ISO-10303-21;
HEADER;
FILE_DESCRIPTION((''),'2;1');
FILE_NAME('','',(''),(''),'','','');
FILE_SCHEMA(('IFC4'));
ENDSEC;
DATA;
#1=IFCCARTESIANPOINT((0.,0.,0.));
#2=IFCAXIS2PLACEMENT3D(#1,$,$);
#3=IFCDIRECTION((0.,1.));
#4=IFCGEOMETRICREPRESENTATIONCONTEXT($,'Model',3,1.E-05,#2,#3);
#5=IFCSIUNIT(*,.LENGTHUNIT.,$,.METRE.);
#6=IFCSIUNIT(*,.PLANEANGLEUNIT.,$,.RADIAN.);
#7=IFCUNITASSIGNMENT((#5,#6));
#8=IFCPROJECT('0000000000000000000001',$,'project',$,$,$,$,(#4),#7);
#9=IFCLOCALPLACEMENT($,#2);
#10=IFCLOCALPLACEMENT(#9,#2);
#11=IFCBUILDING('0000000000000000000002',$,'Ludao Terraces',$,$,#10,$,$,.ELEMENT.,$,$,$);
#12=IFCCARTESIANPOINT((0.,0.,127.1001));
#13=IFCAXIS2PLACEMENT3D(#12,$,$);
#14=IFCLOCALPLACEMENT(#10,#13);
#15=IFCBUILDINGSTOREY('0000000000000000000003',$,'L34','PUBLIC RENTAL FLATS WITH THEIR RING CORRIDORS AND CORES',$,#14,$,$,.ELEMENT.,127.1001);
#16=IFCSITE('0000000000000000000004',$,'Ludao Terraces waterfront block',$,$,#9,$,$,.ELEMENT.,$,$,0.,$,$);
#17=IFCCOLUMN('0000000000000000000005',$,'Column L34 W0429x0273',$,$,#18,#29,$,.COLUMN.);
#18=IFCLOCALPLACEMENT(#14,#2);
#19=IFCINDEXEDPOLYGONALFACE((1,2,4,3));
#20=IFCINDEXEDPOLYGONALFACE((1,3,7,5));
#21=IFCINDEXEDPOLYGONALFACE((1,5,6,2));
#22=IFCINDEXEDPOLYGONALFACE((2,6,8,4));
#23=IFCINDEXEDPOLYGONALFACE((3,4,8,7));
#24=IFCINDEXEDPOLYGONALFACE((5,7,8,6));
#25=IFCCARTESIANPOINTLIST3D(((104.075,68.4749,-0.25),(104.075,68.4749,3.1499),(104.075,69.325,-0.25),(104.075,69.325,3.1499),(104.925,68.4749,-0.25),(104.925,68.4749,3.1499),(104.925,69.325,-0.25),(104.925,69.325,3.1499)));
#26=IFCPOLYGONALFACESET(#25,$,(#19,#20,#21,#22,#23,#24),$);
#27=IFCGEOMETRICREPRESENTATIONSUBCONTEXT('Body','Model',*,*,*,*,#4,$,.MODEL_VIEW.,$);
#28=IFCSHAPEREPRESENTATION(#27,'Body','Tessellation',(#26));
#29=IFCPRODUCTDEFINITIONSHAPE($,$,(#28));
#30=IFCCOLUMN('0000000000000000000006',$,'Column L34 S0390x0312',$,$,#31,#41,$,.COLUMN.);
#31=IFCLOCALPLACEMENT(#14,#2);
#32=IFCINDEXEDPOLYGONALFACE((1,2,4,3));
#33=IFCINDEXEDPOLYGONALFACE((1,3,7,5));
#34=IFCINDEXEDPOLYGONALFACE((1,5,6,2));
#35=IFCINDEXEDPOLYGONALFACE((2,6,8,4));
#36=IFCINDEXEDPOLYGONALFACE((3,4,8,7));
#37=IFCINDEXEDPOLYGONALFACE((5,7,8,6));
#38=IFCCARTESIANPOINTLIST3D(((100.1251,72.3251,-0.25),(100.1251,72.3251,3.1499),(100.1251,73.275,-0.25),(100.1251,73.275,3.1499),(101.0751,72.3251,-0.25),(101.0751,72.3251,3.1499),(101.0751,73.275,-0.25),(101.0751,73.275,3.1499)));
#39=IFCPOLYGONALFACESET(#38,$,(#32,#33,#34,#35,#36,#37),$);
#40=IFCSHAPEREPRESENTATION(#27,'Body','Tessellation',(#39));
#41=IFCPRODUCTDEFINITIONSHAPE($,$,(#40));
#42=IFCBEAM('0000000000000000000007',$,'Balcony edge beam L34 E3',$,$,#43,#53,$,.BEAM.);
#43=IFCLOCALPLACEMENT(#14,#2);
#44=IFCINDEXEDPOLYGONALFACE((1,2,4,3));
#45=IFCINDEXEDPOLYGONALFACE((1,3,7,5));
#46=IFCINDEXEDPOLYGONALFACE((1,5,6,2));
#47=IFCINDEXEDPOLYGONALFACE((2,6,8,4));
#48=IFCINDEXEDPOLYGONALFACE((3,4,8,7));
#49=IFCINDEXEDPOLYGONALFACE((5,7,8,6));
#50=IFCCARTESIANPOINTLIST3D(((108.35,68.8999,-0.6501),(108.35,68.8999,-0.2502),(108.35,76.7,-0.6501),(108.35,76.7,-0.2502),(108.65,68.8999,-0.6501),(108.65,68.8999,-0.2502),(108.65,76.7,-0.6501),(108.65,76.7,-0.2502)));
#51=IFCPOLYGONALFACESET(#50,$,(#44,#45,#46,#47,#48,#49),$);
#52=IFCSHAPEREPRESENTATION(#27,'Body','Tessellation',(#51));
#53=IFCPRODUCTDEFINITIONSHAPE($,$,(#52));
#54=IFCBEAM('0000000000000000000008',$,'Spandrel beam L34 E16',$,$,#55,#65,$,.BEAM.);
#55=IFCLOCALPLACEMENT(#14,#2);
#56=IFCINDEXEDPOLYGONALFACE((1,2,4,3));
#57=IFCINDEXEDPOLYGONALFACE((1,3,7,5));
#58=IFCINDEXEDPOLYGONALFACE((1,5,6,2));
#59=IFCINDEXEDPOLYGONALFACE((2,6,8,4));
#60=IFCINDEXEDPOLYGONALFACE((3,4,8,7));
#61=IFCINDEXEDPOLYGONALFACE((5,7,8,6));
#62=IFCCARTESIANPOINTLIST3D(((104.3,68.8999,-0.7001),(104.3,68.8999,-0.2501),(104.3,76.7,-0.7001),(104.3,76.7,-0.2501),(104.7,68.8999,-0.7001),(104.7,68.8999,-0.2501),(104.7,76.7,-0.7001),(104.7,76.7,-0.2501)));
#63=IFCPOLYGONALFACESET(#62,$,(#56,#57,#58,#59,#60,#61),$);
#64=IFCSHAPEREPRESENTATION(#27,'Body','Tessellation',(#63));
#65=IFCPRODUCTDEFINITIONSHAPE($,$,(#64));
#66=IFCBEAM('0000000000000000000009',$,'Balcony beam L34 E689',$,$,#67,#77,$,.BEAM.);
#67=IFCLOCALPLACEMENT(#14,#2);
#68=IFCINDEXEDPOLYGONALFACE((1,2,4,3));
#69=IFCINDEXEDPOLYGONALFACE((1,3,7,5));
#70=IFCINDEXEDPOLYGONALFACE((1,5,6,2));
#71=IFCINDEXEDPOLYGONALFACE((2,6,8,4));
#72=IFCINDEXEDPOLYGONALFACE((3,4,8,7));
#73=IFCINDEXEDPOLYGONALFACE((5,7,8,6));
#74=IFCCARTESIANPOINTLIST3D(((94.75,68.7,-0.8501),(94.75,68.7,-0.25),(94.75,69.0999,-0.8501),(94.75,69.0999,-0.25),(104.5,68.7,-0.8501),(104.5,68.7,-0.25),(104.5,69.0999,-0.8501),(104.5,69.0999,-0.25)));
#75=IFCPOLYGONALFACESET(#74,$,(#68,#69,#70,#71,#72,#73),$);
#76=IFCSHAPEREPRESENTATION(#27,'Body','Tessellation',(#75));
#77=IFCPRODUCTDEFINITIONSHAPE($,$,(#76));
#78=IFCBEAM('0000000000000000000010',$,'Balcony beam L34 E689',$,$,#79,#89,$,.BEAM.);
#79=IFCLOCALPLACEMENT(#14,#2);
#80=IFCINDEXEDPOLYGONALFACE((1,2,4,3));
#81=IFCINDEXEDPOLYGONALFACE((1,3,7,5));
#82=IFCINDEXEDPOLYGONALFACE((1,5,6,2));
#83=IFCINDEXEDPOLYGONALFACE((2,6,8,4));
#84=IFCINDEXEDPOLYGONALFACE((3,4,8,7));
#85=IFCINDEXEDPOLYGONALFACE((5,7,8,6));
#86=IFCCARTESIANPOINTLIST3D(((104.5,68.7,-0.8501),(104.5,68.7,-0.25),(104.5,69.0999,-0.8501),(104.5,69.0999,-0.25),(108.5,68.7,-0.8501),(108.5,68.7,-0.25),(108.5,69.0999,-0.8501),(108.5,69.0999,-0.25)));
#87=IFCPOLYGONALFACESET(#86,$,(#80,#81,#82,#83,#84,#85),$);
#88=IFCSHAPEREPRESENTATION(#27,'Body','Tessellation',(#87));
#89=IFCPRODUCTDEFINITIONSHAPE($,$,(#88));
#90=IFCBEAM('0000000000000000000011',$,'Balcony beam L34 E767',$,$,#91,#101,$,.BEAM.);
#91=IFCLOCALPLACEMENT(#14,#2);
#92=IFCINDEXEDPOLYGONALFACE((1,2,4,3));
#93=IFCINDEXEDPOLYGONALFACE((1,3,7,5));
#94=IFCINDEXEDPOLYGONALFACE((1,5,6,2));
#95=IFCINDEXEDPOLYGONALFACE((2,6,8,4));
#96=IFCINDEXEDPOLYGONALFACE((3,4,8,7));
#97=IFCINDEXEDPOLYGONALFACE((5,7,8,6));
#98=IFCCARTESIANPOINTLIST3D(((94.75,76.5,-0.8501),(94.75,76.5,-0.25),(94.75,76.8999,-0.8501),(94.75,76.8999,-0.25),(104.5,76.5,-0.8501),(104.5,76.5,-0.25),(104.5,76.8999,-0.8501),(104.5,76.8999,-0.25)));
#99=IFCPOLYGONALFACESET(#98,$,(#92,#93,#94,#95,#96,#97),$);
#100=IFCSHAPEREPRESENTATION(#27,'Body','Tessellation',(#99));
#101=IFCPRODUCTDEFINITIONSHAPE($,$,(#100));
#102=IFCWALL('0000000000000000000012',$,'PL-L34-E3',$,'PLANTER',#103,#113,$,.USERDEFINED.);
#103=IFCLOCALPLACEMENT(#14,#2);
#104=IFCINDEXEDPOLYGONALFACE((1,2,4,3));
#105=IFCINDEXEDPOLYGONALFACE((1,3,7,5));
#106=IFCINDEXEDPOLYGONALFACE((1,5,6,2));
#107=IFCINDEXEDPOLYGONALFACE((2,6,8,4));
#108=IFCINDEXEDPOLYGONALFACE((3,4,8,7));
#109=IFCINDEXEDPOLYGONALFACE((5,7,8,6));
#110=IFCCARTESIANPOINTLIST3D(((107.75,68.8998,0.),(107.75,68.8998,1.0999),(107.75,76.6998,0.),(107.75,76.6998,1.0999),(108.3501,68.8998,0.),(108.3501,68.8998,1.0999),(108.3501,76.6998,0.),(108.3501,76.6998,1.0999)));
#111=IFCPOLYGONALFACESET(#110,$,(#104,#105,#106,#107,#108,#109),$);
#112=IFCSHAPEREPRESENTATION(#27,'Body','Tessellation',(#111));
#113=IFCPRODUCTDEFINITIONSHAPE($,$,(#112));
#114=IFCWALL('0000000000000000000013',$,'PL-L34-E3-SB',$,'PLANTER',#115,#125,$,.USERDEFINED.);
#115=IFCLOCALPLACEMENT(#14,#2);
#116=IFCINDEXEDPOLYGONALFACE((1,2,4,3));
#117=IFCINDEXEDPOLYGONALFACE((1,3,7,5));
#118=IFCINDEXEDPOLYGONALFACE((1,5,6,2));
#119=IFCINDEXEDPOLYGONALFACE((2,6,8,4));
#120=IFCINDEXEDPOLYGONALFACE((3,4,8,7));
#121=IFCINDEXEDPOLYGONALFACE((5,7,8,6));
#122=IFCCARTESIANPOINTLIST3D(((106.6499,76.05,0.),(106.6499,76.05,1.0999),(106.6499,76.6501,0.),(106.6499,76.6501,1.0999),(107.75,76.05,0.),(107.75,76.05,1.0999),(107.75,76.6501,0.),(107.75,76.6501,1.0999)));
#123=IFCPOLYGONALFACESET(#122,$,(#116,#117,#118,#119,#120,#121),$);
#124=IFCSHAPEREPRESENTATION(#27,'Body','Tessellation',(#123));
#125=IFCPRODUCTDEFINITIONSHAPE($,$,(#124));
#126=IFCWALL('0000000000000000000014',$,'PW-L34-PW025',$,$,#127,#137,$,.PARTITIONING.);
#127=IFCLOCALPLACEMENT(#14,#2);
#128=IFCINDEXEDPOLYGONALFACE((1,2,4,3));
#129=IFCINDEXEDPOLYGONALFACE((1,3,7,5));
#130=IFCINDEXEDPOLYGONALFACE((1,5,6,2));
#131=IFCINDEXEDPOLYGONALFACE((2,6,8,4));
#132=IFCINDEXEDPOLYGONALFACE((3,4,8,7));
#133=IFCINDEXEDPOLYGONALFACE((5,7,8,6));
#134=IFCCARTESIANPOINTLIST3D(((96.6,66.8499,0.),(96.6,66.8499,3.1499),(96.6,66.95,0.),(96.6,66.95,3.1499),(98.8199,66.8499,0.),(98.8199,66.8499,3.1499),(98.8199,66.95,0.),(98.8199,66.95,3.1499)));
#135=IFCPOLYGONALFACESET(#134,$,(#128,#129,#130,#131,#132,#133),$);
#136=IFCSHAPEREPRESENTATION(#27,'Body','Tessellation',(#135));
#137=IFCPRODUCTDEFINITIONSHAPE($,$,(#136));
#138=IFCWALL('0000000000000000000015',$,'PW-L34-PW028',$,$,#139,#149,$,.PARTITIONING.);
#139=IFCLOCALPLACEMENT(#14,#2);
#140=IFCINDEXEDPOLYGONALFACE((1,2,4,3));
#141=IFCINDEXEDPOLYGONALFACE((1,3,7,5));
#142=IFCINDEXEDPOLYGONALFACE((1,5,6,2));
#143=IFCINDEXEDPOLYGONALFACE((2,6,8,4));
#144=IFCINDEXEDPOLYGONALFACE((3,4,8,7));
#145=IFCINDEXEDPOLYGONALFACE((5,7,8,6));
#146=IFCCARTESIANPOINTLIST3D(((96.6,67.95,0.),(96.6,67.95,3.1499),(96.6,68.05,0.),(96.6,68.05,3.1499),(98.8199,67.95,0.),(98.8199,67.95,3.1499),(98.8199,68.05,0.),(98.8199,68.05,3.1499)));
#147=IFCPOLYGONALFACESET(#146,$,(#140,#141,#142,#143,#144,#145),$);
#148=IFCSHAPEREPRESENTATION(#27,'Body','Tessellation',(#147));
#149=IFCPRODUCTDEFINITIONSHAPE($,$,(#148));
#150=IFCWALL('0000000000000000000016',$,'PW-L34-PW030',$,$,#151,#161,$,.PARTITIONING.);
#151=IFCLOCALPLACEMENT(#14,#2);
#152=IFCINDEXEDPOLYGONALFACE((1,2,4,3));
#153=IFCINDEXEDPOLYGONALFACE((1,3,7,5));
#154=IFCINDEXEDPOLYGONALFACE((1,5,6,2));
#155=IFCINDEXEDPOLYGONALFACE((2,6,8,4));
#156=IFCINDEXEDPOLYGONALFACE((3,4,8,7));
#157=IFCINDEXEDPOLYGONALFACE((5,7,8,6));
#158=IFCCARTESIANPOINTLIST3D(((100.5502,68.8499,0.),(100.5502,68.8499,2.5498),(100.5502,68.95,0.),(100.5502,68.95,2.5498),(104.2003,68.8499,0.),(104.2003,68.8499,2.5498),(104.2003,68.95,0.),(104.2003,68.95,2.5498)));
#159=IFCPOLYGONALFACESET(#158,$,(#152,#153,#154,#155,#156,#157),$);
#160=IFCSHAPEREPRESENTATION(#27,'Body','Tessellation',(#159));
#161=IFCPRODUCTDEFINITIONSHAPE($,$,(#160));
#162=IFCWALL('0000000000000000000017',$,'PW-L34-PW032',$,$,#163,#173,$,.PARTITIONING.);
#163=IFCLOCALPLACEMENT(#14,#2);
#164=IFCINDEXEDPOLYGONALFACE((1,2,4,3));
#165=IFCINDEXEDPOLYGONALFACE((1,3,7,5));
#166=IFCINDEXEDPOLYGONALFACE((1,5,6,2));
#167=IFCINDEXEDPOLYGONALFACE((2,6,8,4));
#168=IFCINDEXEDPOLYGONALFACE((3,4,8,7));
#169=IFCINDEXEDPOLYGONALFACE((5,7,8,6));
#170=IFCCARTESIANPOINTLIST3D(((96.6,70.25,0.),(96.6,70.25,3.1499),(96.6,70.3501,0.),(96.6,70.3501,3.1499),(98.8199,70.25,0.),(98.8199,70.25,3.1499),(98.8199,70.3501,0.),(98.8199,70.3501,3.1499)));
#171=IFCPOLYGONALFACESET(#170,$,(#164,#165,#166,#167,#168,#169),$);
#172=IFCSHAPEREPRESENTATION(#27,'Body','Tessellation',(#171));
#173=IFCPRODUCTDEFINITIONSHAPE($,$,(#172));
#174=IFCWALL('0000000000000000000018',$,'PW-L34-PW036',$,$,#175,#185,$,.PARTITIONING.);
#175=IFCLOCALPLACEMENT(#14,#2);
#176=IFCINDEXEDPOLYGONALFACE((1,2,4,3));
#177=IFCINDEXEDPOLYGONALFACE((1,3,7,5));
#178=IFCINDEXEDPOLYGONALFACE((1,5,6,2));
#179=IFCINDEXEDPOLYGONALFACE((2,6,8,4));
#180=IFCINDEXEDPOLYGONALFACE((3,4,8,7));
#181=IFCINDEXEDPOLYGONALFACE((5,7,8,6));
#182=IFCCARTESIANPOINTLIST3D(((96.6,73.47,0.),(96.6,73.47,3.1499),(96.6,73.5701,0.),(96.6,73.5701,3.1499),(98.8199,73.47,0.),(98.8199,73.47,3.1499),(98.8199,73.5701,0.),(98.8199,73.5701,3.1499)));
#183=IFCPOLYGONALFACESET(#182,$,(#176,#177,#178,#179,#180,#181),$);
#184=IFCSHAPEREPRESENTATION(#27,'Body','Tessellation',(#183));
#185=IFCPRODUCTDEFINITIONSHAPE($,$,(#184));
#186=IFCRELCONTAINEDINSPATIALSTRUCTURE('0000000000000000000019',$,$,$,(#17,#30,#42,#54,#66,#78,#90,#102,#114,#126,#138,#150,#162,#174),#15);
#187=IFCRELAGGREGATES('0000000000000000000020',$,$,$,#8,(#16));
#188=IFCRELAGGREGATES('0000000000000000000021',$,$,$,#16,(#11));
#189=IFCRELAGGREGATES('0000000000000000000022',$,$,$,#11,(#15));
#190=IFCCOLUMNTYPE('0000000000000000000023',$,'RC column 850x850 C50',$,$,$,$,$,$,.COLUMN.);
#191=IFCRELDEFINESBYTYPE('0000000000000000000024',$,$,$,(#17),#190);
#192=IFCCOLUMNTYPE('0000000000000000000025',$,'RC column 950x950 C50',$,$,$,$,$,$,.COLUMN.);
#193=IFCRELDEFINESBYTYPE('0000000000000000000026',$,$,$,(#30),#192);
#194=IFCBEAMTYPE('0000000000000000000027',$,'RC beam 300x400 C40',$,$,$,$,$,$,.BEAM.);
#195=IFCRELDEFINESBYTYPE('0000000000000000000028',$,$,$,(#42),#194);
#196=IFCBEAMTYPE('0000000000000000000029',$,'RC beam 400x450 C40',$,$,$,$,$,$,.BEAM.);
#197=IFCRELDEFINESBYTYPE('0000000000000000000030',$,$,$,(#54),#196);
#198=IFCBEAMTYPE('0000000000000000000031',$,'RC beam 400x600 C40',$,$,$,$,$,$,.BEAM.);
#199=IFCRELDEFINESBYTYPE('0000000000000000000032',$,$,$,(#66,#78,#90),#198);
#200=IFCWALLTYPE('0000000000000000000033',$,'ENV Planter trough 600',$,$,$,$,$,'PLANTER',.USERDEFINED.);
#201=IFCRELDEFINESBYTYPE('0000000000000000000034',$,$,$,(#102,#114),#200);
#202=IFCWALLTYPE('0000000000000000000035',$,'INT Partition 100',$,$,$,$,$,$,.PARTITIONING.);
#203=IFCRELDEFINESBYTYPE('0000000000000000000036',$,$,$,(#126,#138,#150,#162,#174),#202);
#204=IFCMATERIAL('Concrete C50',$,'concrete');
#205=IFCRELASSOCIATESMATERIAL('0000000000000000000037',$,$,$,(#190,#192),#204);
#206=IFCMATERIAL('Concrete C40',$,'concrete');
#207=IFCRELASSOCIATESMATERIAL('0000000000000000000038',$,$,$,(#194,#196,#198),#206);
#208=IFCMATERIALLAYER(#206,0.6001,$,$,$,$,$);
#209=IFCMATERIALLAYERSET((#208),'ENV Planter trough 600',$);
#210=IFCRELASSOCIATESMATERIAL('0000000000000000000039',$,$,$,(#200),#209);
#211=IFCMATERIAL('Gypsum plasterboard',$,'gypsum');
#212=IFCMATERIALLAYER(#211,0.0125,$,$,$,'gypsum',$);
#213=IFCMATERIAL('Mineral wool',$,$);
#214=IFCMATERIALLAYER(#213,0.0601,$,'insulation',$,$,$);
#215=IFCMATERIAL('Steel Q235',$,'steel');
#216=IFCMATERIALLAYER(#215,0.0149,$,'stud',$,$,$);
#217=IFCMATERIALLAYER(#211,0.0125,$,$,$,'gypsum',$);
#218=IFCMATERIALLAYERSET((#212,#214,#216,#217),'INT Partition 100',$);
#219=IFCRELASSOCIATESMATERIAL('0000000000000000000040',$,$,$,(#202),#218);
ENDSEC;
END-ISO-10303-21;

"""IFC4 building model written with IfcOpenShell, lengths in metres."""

from ifc_helpers import new_model, si_unit, direction, frame, frame_2d, origin, origin_2d, place, context, subcontext, project, spatial, rectangle, extrude, material, layer, layer_set, material_profile, profile_set, type_object, element, save


model = new_model("IFC4")

# Units and contexts
model_context = context("Model", 3, precision=1e-05, world=origin(), true_north=direction((0.0, 1.0)))
body_context = subcontext(model_context, "Body", "Model", "MODEL_VIEW")
ifc_project = project(units=[si_unit("LENGTHUNIT", "METRE"), si_unit("PLANEANGLEUNIT", "RADIAN")], contexts=[model_context])

# Site, building, storey
site_placement = place(None, origin())
site = spatial("IfcSite", under=ifc_project, at=site_placement, Name="Ludao Terraces waterfront block", CompositionType="ELEMENT", RefElevation=0.0)
building_placement = place(site_placement, origin())
building = spatial("IfcBuilding", under=site, at=building_placement, Name="Ludao Terraces", CompositionType="ELEMENT")
storey_placement = place(building_placement, frame((0.0, 0.0, 127.1001)))
storey = spatial("IfcBuildingStorey", under=building, at=storey_placement, Name="L34", Description="PUBLIC RENTAL FLATS WITH THEIR RING CORRIDORS AND CORES", CompositionType="ELEMENT", Elevation=127.1001)

# Columns
ifc_material_1 = material(Name="Concrete C50", Category="concrete")
ifc_material_profile_1 = material_profile(ifc_material_1, rectangle(XDim=0.8501, YDim=0.8501, at=origin_2d()), Name="850 X 850")
ifc_profile_set_1 = profile_set([ifc_material_profile_1], Name="Concrete C50")
column_type_1 = type_object("IfcColumnType", Name="RC column 850x850 C50", PredefinedType="COLUMN", material=ifc_profile_set_1)
column_1_placement = place(storey_placement, frame((104.5, 68.8999, -0.25), z_axis=(0.0, 0.0, 1.0), x_axis=(1.0, 0.0, 0.0)))
element("IfcColumn", 1, at=column_1_placement, inside=storey, type_object=column_type_1, Name="Column L34 W0429x0273", PredefinedType="COLUMN", context=body_context, shape_type="SweptSolid", body=[
    extrude(rectangle(XDim=0.8501, YDim=0.8501, at=origin_2d()), origin(), (0.0, 0.0, 1.0), 3.3999),
])
ifc_material_profile_2 = material_profile(ifc_material_1, rectangle(XDim=0.95, YDim=0.95, at=origin_2d()), Name="950 X 950")
ifc_profile_set_2 = profile_set([ifc_material_profile_2], Name="Concrete C50")
column_type_2 = type_object("IfcColumnType", Name="RC column 950x950 C50", PredefinedType="COLUMN", material=ifc_profile_set_2)
column_2_placement = place(storey_placement, frame((100.6001, 72.8, -0.25), z_axis=(0.0, 0.0, 1.0), x_axis=(1.0, 0.0, 0.0)))
element("IfcColumn", 2, at=column_2_placement, inside=storey, type_object=column_type_2, Name="Column L34 S0390x0312", PredefinedType="COLUMN", context=body_context, shape_type="SweptSolid", body=[
    extrude(rectangle(XDim=0.95, YDim=0.95, at=origin_2d()), origin(), (0.0, 0.0, 1.0), 3.3999),
])

# Beams
ifc_material_2 = material(Name="Concrete C40", Category="concrete")
ifc_material_profile_3 = material_profile(ifc_material_2, rectangle(XDim=0.3, YDim=0.3999, at=origin_2d()), Name="300 X 400")
ifc_profile_set_3 = profile_set([ifc_material_profile_3], Name="Concrete C40")
beam_type_1 = type_object("IfcBeamType", Name="RC beam 300x400 C40", PredefinedType="BEAM", material=ifc_profile_set_3)
beam_1_placement = place(storey_placement, frame((108.5, 68.8999, -0.4502), z_axis=(0.0, 1.0, 0.0), x_axis=(-1.0, 0.0, 0.0)))
element("IfcBeam", 3, at=beam_1_placement, inside=storey, type_object=beam_type_1, Name="Balcony edge beam L34 E3", PredefinedType="BEAM", context=body_context, shape_type="SweptSolid", body=[
    extrude(rectangle(XDim=0.3, YDim=0.3999, at=origin_2d()), origin(), (0.0, 0.0, 1.0), 7.8),
])
ifc_material_profile_4 = material_profile(ifc_material_2, rectangle(XDim=0.3999, YDim=0.45, at=origin_2d()), Name="400 X 450")
ifc_profile_set_4 = profile_set([ifc_material_profile_4], Name="Concrete C40")
beam_type_2 = type_object("IfcBeamType", Name="RC beam 400x450 C40", PredefinedType="BEAM", material=ifc_profile_set_4)
beam_2_placement = place(storey_placement, frame((104.5, 68.8999, -0.4751), z_axis=(0.0, 1.0, 0.0), x_axis=(-1.0, 0.0, 0.0)))
element("IfcBeam", 4, at=beam_2_placement, inside=storey, type_object=beam_type_2, Name="Spandrel beam L34 E16", PredefinedType="BEAM", context=body_context, shape_type="SweptSolid", body=[
    extrude(rectangle(XDim=0.3999, YDim=0.45, at=origin_2d()), origin(), (0.0, 0.0, 1.0), 7.8),
])
ifc_material_profile_5 = material_profile(ifc_material_2, rectangle(XDim=0.3999, YDim=0.6001, at=origin_2d()), Name="400 X 600")
ifc_profile_set_5 = profile_set([ifc_material_profile_5], Name="Concrete C40")
beam_type_3 = type_object("IfcBeamType", Name="RC beam 400x600 C40", PredefinedType="BEAM", material=ifc_profile_set_5)
beam_3_placement = place(storey_placement, frame((94.75, 68.8999, -0.55), z_axis=(1.0, 0.0, 0.0), x_axis=(0.0, 1.0, 0.0)))
element("IfcBeam", 5, at=beam_3_placement, inside=storey, type_object=beam_type_3, Name="Balcony beam L34 E689", PredefinedType="BEAM", context=body_context, shape_type="SweptSolid", body=[
    extrude(rectangle(XDim=0.3999, YDim=0.6001, at=origin_2d()), origin(), (0.0, 0.0, 1.0), 9.75),
])
beam_4_placement = place(storey_placement, frame((104.5, 68.8999, -0.55), z_axis=(1.0, 0.0, 0.0), x_axis=(0.0, 1.0, 0.0)))
element("IfcBeam", 6, at=beam_4_placement, inside=storey, type_object=beam_type_3, Name="Balcony beam L34 E689", PredefinedType="BEAM", context=body_context, shape_type="SweptSolid", body=[
    extrude(rectangle(XDim=0.3999, YDim=0.6001, at=origin_2d()), origin(), (0.0, 0.0, 1.0), 4.0),
])
beam_5_placement = place(storey_placement, frame((94.75, 76.7, -0.55), z_axis=(1.0, 0.0, 0.0), x_axis=(0.0, 1.0, 0.0)))
element("IfcBeam", 7, at=beam_5_placement, inside=storey, type_object=beam_type_3, Name="Balcony beam L34 E767", PredefinedType="BEAM", context=body_context, shape_type="SweptSolid", body=[
    extrude(rectangle(XDim=0.3999, YDim=0.6001, at=origin_2d()), origin(), (0.0, 0.0, 1.0), 9.75),
])

# Walls
ifc_layer_1 = layer(ifc_material_2, 0.6001)
ifc_layer_set_1 = layer_set([ifc_layer_1], Name="ENV Planter trough 600")
wall_type_1 = type_object("IfcWallType", Name="ENV Planter trough 600", ElementType="PLANTER", PredefinedType="USERDEFINED", material=ifc_layer_set_1)
wall_1_placement = place(storey_placement, frame((108.05, 68.8999, 0.0), z_axis=(0.0, 0.0, 1.0), x_axis=(0.0, 1.0, 0.0)))
element("IfcWall", 8, at=wall_1_placement, inside=storey, type_object=wall_type_1, Name="PL-L34-E3", ObjectType="PLANTER", PredefinedType="USERDEFINED", context=body_context, shape_type="SweptSolid", body=[
    extrude(rectangle(XDim=7.8, YDim=0.6001, at=frame_2d((3.8999, 0.0))), origin(), (0.0, 0.0, 1.0), 1.0999),
])
wall_2_placement = place(storey_placement, frame((107.75, 76.3501, 0.0), z_axis=(0.0, 0.0, 1.0), x_axis=(-1.0, 0.0, 0.0)))
element("IfcWall", 9, at=wall_2_placement, inside=storey, type_object=wall_type_1, Name="PL-L34-E3-SB", ObjectType="PLANTER", PredefinedType="USERDEFINED", context=body_context, shape_type="SweptSolid", body=[
    extrude(rectangle(XDim=1.1001, YDim=0.6001, at=frame_2d((0.55, 0.0))), origin(), (0.0, 0.0, 1.0), 1.0999),
])

# Shared definitions
ifc_material_3 = material(Name="Mineral wool")

# Walls
ifc_material_4 = material(Name="Gypsum plasterboard", Category="gypsum")
ifc_layer_2 = layer(ifc_material_4, 0.0125, Category="gypsum")
ifc_layer_3 = layer(ifc_material_3, 0.0601, Name="insulation")
ifc_material_5 = material(Name="Steel Q235", Category="steel")
ifc_layer_4 = layer(ifc_material_5, 0.0149, Name="stud")
ifc_layer_5 = layer(ifc_material_4, 0.0125, Category="gypsum")
ifc_layer_set_2 = layer_set([ifc_layer_2, ifc_layer_3, ifc_layer_4, ifc_layer_5], Name="INT Partition 100")
wall_type_2 = type_object("IfcWallType", Name="INT Partition 100", PredefinedType="PARTITIONING", material=ifc_layer_set_2)
for number, where, z_axis, x_axis, name in (
    (10, (96.6001, 66.8999, 0.0), (0.0, 0.0, 1.0), (1.0, 0.0, 0.0), "PW-L34-PW025"),
    (11, (96.6001, 68.0, 0.0), (0.0, 0.0, 1.0), (1.0, 0.0, 0.0), "PW-L34-PW028"),
):
    element("IfcWall", number, at=place(storey_placement, frame(where, z_axis=z_axis, x_axis=x_axis)), inside=storey, type_object=wall_type_2, Name=name, PredefinedType="PARTITIONING", context=body_context, shape_type="SweptSolid", body=[
        extrude(rectangle(XDim=2.22, YDim=0.1001, at=frame_2d((1.1099, 0.0))), origin(), (0.0, 0.0, 1.0), 3.1499),
    ])
wall_3_placement = place(storey_placement, frame((100.55, 68.8999, 0.0), z_axis=(0.0, 0.0, 1.0), x_axis=(1.0, 0.0, 0.0)))
element("IfcWall", 12, at=wall_3_placement, inside=storey, type_object=wall_type_2, Name="PW-L34-PW030", PredefinedType="PARTITIONING", context=body_context, shape_type="SweptSolid", body=[
    extrude(rectangle(XDim=3.6501, YDim=0.1001, at=frame_2d((1.8252, 0.0))), origin(), (0.0, 0.0, 1.0), 2.5498),
])
for number, where, z_axis, x_axis, name in (
    (13, (96.6001, 70.3, 0.0), (0.0, 0.0, 1.0), (1.0, 0.0, 0.0), "PW-L34-PW032"),
    (14, (96.6001, 73.52, 0.0), (0.0, 0.0, 1.0), (1.0, 0.0, 0.0), "PW-L34-PW036"),
):
    element("IfcWall", number, at=place(storey_placement, frame(where, z_axis=z_axis, x_axis=x_axis)), inside=storey, type_object=wall_type_2, Name=name, PredefinedType="PARTITIONING", context=body_context, shape_type="SweptSolid", body=[
        extrude(rectangle(XDim=2.22, YDim=0.1001, at=frame_2d((1.1099, 0.0))), origin(), (0.0, 0.0, 1.0), 3.1499),
    ])

save(model, "model.ifc")
